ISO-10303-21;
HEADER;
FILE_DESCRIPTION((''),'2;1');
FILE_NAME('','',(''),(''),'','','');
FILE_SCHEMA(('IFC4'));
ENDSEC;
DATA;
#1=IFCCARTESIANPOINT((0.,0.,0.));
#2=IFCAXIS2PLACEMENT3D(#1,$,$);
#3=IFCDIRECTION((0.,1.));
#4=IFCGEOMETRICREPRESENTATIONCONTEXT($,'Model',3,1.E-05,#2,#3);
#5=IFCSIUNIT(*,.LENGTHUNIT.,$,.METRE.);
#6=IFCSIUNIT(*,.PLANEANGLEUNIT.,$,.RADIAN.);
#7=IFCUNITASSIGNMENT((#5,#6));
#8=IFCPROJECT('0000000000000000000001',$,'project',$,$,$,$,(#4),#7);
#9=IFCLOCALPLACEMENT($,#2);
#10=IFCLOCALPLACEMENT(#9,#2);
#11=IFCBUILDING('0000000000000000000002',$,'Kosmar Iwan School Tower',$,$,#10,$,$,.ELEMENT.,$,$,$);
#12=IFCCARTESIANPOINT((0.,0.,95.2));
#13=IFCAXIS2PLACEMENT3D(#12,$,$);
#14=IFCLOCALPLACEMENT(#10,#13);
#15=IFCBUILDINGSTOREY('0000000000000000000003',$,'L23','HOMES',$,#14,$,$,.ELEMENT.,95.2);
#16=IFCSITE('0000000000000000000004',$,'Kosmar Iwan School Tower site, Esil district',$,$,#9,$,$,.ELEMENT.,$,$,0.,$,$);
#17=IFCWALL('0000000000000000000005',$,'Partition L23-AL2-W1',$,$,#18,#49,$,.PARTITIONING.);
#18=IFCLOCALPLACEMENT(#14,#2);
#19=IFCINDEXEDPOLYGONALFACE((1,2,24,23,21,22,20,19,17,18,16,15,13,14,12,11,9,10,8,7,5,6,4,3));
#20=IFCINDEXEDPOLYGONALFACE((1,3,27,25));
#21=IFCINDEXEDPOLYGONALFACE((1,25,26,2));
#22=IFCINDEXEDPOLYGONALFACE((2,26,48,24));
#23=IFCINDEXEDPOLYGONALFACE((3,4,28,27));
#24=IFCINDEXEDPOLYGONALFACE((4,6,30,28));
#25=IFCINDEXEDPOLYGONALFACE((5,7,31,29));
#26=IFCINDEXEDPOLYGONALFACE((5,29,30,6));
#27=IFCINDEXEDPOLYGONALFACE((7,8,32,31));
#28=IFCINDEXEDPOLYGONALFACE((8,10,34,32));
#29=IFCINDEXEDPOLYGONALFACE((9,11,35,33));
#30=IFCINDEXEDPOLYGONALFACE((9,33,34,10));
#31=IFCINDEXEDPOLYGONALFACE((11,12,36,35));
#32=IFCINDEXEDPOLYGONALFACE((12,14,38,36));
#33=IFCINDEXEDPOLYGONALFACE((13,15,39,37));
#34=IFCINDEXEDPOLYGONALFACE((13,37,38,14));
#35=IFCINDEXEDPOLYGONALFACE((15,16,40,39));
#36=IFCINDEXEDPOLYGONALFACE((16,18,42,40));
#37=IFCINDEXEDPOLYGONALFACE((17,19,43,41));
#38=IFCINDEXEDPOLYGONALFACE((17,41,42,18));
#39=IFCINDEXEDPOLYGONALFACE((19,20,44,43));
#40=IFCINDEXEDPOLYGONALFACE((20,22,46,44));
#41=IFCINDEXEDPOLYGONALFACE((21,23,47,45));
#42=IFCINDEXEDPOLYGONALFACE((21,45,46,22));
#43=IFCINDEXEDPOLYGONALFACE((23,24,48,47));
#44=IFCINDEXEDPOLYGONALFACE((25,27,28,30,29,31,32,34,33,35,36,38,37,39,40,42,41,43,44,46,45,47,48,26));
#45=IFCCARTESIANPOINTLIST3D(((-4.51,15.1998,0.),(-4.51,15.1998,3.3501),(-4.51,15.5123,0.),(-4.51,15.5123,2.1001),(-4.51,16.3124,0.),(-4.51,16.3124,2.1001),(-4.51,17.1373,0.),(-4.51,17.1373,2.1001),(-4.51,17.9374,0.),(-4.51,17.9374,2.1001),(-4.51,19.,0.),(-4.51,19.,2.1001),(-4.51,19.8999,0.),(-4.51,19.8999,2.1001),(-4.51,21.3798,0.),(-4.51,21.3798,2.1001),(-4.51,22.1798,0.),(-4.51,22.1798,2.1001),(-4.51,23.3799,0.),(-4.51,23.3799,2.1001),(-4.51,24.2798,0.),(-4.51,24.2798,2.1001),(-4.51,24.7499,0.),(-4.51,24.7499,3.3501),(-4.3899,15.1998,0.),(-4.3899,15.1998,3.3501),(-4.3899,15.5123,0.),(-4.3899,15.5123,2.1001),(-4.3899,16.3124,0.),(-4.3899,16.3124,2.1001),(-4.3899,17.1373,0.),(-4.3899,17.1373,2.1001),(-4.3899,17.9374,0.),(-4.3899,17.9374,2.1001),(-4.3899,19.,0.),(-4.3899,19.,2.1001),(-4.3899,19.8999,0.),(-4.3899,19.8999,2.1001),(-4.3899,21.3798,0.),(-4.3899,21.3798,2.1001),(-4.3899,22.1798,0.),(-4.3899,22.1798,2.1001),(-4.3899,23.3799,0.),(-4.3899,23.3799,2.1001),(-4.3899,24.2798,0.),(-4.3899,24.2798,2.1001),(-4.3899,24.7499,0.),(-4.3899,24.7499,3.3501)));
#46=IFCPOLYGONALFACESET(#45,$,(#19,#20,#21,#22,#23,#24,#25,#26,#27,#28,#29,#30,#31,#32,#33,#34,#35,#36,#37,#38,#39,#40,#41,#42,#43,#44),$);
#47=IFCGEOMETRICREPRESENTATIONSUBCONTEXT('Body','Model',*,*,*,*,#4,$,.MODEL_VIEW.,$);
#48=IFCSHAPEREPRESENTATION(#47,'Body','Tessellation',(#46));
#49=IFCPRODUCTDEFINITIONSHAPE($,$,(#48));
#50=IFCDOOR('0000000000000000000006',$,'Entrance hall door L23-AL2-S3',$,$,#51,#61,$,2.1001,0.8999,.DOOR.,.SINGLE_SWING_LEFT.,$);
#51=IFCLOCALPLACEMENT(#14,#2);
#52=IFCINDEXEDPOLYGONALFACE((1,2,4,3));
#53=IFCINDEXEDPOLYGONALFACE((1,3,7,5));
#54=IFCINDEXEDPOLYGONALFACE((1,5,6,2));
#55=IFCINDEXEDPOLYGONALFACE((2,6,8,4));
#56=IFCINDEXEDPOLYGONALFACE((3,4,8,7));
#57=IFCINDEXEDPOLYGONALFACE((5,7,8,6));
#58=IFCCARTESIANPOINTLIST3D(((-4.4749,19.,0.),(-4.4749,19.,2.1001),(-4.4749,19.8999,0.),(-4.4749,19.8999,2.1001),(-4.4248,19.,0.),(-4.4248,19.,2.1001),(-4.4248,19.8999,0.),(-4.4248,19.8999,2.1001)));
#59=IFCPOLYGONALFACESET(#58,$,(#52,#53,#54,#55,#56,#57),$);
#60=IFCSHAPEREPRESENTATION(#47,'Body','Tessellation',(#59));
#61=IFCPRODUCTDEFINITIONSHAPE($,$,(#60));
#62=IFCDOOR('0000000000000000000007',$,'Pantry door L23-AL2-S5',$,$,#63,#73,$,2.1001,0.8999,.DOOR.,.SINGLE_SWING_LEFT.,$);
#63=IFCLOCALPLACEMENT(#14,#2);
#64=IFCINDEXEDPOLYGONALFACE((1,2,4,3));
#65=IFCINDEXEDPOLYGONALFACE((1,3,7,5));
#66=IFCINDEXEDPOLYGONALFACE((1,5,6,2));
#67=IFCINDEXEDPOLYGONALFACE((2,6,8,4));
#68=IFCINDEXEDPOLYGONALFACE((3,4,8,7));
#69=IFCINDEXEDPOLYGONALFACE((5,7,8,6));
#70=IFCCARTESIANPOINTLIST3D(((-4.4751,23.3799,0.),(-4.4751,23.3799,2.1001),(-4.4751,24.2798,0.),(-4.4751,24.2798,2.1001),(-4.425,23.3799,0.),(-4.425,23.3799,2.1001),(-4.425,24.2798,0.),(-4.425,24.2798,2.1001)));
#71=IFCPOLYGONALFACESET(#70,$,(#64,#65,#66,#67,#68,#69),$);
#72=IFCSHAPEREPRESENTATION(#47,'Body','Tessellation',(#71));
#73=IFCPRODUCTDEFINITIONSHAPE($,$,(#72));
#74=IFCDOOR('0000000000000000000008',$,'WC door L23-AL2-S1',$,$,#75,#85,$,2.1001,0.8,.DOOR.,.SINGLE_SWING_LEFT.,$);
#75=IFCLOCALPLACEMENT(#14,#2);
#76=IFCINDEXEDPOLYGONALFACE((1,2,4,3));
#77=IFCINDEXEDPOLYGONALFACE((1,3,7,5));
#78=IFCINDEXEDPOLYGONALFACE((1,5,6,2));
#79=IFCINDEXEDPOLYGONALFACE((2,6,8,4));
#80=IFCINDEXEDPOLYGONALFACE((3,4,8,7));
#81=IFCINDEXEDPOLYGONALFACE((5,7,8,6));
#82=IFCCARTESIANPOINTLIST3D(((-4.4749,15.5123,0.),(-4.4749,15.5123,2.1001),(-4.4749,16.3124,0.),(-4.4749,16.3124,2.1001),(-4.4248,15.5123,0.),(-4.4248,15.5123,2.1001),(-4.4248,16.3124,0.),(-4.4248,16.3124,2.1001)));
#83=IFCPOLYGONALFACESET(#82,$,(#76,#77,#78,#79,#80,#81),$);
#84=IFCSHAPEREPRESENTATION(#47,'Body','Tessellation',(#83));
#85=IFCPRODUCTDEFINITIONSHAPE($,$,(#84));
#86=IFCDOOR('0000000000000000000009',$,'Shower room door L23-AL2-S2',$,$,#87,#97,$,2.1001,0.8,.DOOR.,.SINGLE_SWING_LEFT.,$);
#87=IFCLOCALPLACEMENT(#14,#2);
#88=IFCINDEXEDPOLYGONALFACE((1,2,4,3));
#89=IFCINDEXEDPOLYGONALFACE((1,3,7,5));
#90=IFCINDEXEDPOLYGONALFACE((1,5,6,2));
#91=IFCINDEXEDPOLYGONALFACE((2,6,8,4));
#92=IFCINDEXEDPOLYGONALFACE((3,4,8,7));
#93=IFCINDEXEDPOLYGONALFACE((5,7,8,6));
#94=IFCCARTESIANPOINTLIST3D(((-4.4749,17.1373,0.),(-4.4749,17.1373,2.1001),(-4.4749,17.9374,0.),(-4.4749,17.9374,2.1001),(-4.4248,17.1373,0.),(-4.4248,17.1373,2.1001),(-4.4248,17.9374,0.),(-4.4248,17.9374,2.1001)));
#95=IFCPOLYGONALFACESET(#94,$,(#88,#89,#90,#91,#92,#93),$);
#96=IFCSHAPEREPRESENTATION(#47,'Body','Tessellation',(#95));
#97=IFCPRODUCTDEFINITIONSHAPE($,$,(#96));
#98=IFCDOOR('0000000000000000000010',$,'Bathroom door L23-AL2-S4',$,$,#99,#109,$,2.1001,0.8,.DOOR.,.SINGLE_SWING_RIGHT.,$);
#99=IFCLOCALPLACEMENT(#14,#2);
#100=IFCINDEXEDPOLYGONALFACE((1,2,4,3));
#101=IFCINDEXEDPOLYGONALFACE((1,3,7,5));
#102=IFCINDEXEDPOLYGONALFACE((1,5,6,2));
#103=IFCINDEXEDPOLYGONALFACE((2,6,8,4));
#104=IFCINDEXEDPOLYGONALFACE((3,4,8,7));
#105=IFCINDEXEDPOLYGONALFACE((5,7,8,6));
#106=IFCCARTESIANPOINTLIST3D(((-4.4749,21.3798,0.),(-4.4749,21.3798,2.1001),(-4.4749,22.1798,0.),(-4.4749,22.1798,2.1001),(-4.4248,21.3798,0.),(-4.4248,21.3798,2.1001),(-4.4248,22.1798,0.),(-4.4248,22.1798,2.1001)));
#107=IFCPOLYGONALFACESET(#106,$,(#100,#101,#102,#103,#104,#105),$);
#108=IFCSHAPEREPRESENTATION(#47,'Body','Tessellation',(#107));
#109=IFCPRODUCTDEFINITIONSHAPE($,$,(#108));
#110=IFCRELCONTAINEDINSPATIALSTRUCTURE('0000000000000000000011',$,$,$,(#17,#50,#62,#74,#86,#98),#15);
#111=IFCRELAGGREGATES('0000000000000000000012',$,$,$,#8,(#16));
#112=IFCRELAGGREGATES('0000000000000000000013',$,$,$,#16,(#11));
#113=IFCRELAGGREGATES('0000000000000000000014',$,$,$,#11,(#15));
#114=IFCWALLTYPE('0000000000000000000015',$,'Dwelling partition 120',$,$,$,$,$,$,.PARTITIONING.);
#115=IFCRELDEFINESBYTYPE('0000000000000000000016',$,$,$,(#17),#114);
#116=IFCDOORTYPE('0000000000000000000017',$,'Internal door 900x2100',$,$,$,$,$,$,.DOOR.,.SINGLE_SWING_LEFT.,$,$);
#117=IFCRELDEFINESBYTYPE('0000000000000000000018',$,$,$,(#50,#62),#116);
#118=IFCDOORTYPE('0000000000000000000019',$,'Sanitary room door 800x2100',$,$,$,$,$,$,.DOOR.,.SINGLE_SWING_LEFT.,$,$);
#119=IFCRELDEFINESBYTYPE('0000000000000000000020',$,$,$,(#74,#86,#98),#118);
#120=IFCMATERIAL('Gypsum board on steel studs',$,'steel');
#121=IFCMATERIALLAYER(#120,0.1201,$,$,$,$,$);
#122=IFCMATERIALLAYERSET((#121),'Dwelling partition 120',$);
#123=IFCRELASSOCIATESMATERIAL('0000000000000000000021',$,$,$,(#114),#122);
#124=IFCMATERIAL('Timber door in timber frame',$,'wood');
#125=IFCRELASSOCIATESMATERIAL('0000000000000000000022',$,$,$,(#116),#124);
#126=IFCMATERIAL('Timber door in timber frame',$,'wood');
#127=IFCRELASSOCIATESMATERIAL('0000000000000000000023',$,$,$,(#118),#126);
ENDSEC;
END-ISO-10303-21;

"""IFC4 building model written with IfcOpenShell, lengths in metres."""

from ifc_helpers import new_model, si_unit, direction, frame, frame_2d, origin, place, context, subcontext, project, spatial, rectangle, extrude, material, layer, layer_set, type_object, element, fill, save


model = new_model("IFC4")

# Units and contexts
model_context = context("Model", 3, precision=1e-05, world=origin(), true_north=direction((0.0, 1.0)))
body_context = subcontext(model_context, "Body", "Model", "MODEL_VIEW")
ifc_project = project(units=[si_unit("LENGTHUNIT", "METRE"), si_unit("PLANEANGLEUNIT", "RADIAN")], contexts=[model_context])

# Site, building, storey
site_placement = place(None, origin())
site = spatial("IfcSite", under=ifc_project, at=site_placement, Name="Kosmar Iwan School Tower site, Esil district", CompositionType="ELEMENT", RefElevation=0.0)
building_placement = place(site_placement, origin())
building = spatial("IfcBuilding", under=site, at=building_placement, Name="Kosmar Iwan School Tower", CompositionType="ELEMENT")
storey_placement = place(building_placement, frame((0.0, 0.0, 95.2)))
storey = spatial("IfcBuildingStorey", under=building, at=storey_placement, Name="L23", Description="HOMES", CompositionType="ELEMENT", Elevation=95.2)

# Shared definitions
ifc_material_1 = material(Name="Gypsum board on steel studs", Category="steel")
ifc_layer_1 = layer(ifc_material_1, 0.1201)
ifc_layer_set_1 = layer_set([ifc_layer_1], Name="Dwelling partition 120")
wall_type_1 = type_object("IfcWallType", Name="Dwelling partition 120", PredefinedType="PARTITIONING", material=ifc_layer_set_1)

# Wall, openings, doors
wall_1_placement = place(storey_placement, frame((-4.45, 15.2, 0.0), z_axis=(0.0, 0.0, 1.0), x_axis=(0.0, 1.0, 0.0)))
wall_1 = element("IfcWall", 1, at=wall_1_placement, inside=storey, type_object=wall_type_1, Name="Partition L23-AL2-W1", PredefinedType="PARTITIONING", context=body_context, shape_type="SweptSolid", body=[
    extrude(rectangle(XDim=9.55, YDim=0.1201, at=frame_2d((4.7749, 0.0))), origin(), (0.0, 0.0, 1.0), 3.3501),
])
opening_1_placement = place(wall_1_placement, frame((0.3125, 0.0, 0.0)))
opening_1 = element("IfcOpeningElement", 2, at=opening_1_placement, cuts=wall_1, PredefinedType="OPENING", context=body_context, shape_type="SweptSolid", body=[
    extrude(rectangle(XDim=0.8, YDim=2.1001, at=frame_2d((0.3999, 1.05))), frame((0.0, 0.072, 0.0), z_axis=(0.0, -1.0, 0.0), x_axis=(1.0, 0.0, 0.0)), (0.0, 0.0, 1.0), 0.144),
])
opening_2_placement = place(wall_1_placement, frame((1.9375, 0.0, 0.0)))
opening_2 = element("IfcOpeningElement", 3, at=opening_2_placement, cuts=wall_1, PredefinedType="OPENING", context=body_context, shape_type="SweptSolid", body=[
    extrude(rectangle(XDim=0.8, YDim=2.1001, at=frame_2d((0.3999, 1.05))), frame((0.0, 0.072, 0.0), z_axis=(0.0, -1.0, 0.0), x_axis=(1.0, 0.0, 0.0)), (0.0, 0.0, 1.0), 0.144),
])
opening_3_placement = place(wall_1_placement, frame((3.8, 0.0, 0.0)))
opening_3 = element("IfcOpeningElement", 4, at=opening_3_placement, cuts=wall_1, PredefinedType="OPENING", context=body_context, shape_type="SweptSolid", body=[
    extrude(rectangle(XDim=0.8999, YDim=2.1001, at=frame_2d((0.45, 1.05))), frame((0.0, 0.072, 0.0), z_axis=(0.0, -1.0, 0.0), x_axis=(1.0, 0.0, 0.0)), (0.0, 0.0, 1.0), 0.144),
])
opening_4_placement = place(wall_1_placement, frame((6.1799, 0.0, 0.0)))
opening_4 = element("IfcOpeningElement", 5, at=opening_4_placement, cuts=wall_1, PredefinedType="OPENING", context=body_context, shape_type="SweptSolid", body=[
    extrude(rectangle(XDim=0.8, YDim=2.1001, at=frame_2d((0.3999, 1.05))), frame((0.0, 0.072, 0.0), z_axis=(0.0, -1.0, 0.0), x_axis=(1.0, 0.0, 0.0)), (0.0, 0.0, 1.0), 0.144),
])
opening_5_placement = place(wall_1_placement, frame((8.1799, 0.0, 0.0)))
opening_5 = element("IfcOpeningElement", 6, at=opening_5_placement, cuts=wall_1, PredefinedType="OPENING", context=body_context, shape_type="SweptSolid", body=[
    extrude(rectangle(XDim=0.8999, YDim=2.1001, at=frame_2d((0.45, 1.05))), frame((0.0, 0.072, 0.0), z_axis=(0.0, -1.0, 0.0), x_axis=(1.0, 0.0, 0.0)), (0.0, 0.0, 1.0), 0.144),
])
ifc_material_2 = material(Name="Timber door in timber frame", Category="wood")
door_type_1 = type_object("IfcDoorType", Name="Internal door 900x2100", OperationType="SINGLE_SWING_LEFT", PredefinedType="DOOR", material=ifc_material_2)
door_1_placement = place(opening_3_placement, origin())
door_1 = element("IfcDoor", 7, at=door_1_placement, inside=storey, type_object=door_type_1, Name="Entrance hall door L23-AL2-S3", OperationType="SINGLE_SWING_LEFT", OverallHeight=2.1001, OverallWidth=0.8999, PredefinedType="DOOR", context=body_context, shape_type="SweptSolid", body=[
    extrude(rectangle(XDim=0.8999, YDim=2.1001, at=frame_2d((0.45, 1.05))), frame((0.0, 0.0249, 0.0), z_axis=(0.0, -1.0, 0.0), x_axis=(1.0, 0.0, 0.0)), (0.0, 0.0, 1.0), 0.05),
])
fill(opening_3, door_1)
door_2_placement = place(opening_5_placement, frame((0.8999, 0.0, 0.0), z_axis=(0.0, 0.0, 1.0), x_axis=(-1.0, 0.0, 0.0)))
door_2 = element("IfcDoor", 8, at=door_2_placement, inside=storey, type_object=door_type_1, Name="Pantry door L23-AL2-S5", OperationType="SINGLE_SWING_LEFT", OverallHeight=2.1001, OverallWidth=0.8999, PredefinedType="DOOR", context=body_context, shape_type="SweptSolid", body=[
    extrude(rectangle(XDim=0.8999, YDim=2.1001, at=frame_2d((0.45, 1.05))), frame((0.0, 0.0249, 0.0), z_axis=(0.0, -1.0, 0.0), x_axis=(1.0, 0.0, 0.0)), (0.0, 0.0, 1.0), 0.05),
])
fill(opening_5, door_2)
ifc_material_3 = material(Name="Timber door in timber frame", Category="wood")
door_type_2 = type_object("IfcDoorType", Name="Sanitary room door 800x2100", OperationType="SINGLE_SWING_LEFT", PredefinedType="DOOR", material=ifc_material_3)
door_3_placement = place(opening_1_placement, origin())
door_3 = element("IfcDoor", 9, at=door_3_placement, inside=storey, type_object=door_type_2, Name="WC door L23-AL2-S1", OperationType="SINGLE_SWING_LEFT", OverallHeight=2.1001, OverallWidth=0.8, PredefinedType="DOOR", context=body_context, shape_type="SweptSolid", body=[
    extrude(rectangle(XDim=0.8, YDim=2.1001, at=frame_2d((0.3999, 1.05))), frame((0.0, 0.0249, 0.0), z_axis=(0.0, -1.0, 0.0), x_axis=(1.0, 0.0, 0.0)), (0.0, 0.0, 1.0), 0.05),
])
fill(opening_1, door_3)
door_4_placement = place(opening_2_placement, origin())
door_4 = element("IfcDoor", 10, at=door_4_placement, inside=storey, type_object=door_type_2, Name="Shower room door L23-AL2-S2", OperationType="SINGLE_SWING_LEFT", OverallHeight=2.1001, OverallWidth=0.8, PredefinedType="DOOR", context=body_context, shape_type="SweptSolid", body=[
    extrude(rectangle(XDim=0.8, YDim=2.1001, at=frame_2d((0.3999, 1.05))), frame((0.0, 0.0249, 0.0), z_axis=(0.0, -1.0, 0.0), x_axis=(1.0, 0.0, 0.0)), (0.0, 0.0, 1.0), 0.05),
])
fill(opening_2, door_4)
door_5_placement = place(opening_4_placement, origin())
door_5 = element("IfcDoor", 11, at=door_5_placement, inside=storey, type_object=door_type_2, Name="Bathroom door L23-AL2-S4", OperationType="SINGLE_SWING_RIGHT", OverallHeight=2.1001, OverallWidth=0.8, PredefinedType="DOOR", context=body_context, shape_type="SweptSolid", body=[
    extrude(rectangle(XDim=0.8, YDim=2.1001, at=frame_2d((0.3999, 1.05))), frame((0.0, 0.0249, 0.0), z_axis=(0.0, -1.0, 0.0), x_axis=(1.0, 0.0, 0.0)), (0.0, 0.0, 1.0), 0.05),
])
fill(opening_4, door_5)

save(model, "model.ifc")
